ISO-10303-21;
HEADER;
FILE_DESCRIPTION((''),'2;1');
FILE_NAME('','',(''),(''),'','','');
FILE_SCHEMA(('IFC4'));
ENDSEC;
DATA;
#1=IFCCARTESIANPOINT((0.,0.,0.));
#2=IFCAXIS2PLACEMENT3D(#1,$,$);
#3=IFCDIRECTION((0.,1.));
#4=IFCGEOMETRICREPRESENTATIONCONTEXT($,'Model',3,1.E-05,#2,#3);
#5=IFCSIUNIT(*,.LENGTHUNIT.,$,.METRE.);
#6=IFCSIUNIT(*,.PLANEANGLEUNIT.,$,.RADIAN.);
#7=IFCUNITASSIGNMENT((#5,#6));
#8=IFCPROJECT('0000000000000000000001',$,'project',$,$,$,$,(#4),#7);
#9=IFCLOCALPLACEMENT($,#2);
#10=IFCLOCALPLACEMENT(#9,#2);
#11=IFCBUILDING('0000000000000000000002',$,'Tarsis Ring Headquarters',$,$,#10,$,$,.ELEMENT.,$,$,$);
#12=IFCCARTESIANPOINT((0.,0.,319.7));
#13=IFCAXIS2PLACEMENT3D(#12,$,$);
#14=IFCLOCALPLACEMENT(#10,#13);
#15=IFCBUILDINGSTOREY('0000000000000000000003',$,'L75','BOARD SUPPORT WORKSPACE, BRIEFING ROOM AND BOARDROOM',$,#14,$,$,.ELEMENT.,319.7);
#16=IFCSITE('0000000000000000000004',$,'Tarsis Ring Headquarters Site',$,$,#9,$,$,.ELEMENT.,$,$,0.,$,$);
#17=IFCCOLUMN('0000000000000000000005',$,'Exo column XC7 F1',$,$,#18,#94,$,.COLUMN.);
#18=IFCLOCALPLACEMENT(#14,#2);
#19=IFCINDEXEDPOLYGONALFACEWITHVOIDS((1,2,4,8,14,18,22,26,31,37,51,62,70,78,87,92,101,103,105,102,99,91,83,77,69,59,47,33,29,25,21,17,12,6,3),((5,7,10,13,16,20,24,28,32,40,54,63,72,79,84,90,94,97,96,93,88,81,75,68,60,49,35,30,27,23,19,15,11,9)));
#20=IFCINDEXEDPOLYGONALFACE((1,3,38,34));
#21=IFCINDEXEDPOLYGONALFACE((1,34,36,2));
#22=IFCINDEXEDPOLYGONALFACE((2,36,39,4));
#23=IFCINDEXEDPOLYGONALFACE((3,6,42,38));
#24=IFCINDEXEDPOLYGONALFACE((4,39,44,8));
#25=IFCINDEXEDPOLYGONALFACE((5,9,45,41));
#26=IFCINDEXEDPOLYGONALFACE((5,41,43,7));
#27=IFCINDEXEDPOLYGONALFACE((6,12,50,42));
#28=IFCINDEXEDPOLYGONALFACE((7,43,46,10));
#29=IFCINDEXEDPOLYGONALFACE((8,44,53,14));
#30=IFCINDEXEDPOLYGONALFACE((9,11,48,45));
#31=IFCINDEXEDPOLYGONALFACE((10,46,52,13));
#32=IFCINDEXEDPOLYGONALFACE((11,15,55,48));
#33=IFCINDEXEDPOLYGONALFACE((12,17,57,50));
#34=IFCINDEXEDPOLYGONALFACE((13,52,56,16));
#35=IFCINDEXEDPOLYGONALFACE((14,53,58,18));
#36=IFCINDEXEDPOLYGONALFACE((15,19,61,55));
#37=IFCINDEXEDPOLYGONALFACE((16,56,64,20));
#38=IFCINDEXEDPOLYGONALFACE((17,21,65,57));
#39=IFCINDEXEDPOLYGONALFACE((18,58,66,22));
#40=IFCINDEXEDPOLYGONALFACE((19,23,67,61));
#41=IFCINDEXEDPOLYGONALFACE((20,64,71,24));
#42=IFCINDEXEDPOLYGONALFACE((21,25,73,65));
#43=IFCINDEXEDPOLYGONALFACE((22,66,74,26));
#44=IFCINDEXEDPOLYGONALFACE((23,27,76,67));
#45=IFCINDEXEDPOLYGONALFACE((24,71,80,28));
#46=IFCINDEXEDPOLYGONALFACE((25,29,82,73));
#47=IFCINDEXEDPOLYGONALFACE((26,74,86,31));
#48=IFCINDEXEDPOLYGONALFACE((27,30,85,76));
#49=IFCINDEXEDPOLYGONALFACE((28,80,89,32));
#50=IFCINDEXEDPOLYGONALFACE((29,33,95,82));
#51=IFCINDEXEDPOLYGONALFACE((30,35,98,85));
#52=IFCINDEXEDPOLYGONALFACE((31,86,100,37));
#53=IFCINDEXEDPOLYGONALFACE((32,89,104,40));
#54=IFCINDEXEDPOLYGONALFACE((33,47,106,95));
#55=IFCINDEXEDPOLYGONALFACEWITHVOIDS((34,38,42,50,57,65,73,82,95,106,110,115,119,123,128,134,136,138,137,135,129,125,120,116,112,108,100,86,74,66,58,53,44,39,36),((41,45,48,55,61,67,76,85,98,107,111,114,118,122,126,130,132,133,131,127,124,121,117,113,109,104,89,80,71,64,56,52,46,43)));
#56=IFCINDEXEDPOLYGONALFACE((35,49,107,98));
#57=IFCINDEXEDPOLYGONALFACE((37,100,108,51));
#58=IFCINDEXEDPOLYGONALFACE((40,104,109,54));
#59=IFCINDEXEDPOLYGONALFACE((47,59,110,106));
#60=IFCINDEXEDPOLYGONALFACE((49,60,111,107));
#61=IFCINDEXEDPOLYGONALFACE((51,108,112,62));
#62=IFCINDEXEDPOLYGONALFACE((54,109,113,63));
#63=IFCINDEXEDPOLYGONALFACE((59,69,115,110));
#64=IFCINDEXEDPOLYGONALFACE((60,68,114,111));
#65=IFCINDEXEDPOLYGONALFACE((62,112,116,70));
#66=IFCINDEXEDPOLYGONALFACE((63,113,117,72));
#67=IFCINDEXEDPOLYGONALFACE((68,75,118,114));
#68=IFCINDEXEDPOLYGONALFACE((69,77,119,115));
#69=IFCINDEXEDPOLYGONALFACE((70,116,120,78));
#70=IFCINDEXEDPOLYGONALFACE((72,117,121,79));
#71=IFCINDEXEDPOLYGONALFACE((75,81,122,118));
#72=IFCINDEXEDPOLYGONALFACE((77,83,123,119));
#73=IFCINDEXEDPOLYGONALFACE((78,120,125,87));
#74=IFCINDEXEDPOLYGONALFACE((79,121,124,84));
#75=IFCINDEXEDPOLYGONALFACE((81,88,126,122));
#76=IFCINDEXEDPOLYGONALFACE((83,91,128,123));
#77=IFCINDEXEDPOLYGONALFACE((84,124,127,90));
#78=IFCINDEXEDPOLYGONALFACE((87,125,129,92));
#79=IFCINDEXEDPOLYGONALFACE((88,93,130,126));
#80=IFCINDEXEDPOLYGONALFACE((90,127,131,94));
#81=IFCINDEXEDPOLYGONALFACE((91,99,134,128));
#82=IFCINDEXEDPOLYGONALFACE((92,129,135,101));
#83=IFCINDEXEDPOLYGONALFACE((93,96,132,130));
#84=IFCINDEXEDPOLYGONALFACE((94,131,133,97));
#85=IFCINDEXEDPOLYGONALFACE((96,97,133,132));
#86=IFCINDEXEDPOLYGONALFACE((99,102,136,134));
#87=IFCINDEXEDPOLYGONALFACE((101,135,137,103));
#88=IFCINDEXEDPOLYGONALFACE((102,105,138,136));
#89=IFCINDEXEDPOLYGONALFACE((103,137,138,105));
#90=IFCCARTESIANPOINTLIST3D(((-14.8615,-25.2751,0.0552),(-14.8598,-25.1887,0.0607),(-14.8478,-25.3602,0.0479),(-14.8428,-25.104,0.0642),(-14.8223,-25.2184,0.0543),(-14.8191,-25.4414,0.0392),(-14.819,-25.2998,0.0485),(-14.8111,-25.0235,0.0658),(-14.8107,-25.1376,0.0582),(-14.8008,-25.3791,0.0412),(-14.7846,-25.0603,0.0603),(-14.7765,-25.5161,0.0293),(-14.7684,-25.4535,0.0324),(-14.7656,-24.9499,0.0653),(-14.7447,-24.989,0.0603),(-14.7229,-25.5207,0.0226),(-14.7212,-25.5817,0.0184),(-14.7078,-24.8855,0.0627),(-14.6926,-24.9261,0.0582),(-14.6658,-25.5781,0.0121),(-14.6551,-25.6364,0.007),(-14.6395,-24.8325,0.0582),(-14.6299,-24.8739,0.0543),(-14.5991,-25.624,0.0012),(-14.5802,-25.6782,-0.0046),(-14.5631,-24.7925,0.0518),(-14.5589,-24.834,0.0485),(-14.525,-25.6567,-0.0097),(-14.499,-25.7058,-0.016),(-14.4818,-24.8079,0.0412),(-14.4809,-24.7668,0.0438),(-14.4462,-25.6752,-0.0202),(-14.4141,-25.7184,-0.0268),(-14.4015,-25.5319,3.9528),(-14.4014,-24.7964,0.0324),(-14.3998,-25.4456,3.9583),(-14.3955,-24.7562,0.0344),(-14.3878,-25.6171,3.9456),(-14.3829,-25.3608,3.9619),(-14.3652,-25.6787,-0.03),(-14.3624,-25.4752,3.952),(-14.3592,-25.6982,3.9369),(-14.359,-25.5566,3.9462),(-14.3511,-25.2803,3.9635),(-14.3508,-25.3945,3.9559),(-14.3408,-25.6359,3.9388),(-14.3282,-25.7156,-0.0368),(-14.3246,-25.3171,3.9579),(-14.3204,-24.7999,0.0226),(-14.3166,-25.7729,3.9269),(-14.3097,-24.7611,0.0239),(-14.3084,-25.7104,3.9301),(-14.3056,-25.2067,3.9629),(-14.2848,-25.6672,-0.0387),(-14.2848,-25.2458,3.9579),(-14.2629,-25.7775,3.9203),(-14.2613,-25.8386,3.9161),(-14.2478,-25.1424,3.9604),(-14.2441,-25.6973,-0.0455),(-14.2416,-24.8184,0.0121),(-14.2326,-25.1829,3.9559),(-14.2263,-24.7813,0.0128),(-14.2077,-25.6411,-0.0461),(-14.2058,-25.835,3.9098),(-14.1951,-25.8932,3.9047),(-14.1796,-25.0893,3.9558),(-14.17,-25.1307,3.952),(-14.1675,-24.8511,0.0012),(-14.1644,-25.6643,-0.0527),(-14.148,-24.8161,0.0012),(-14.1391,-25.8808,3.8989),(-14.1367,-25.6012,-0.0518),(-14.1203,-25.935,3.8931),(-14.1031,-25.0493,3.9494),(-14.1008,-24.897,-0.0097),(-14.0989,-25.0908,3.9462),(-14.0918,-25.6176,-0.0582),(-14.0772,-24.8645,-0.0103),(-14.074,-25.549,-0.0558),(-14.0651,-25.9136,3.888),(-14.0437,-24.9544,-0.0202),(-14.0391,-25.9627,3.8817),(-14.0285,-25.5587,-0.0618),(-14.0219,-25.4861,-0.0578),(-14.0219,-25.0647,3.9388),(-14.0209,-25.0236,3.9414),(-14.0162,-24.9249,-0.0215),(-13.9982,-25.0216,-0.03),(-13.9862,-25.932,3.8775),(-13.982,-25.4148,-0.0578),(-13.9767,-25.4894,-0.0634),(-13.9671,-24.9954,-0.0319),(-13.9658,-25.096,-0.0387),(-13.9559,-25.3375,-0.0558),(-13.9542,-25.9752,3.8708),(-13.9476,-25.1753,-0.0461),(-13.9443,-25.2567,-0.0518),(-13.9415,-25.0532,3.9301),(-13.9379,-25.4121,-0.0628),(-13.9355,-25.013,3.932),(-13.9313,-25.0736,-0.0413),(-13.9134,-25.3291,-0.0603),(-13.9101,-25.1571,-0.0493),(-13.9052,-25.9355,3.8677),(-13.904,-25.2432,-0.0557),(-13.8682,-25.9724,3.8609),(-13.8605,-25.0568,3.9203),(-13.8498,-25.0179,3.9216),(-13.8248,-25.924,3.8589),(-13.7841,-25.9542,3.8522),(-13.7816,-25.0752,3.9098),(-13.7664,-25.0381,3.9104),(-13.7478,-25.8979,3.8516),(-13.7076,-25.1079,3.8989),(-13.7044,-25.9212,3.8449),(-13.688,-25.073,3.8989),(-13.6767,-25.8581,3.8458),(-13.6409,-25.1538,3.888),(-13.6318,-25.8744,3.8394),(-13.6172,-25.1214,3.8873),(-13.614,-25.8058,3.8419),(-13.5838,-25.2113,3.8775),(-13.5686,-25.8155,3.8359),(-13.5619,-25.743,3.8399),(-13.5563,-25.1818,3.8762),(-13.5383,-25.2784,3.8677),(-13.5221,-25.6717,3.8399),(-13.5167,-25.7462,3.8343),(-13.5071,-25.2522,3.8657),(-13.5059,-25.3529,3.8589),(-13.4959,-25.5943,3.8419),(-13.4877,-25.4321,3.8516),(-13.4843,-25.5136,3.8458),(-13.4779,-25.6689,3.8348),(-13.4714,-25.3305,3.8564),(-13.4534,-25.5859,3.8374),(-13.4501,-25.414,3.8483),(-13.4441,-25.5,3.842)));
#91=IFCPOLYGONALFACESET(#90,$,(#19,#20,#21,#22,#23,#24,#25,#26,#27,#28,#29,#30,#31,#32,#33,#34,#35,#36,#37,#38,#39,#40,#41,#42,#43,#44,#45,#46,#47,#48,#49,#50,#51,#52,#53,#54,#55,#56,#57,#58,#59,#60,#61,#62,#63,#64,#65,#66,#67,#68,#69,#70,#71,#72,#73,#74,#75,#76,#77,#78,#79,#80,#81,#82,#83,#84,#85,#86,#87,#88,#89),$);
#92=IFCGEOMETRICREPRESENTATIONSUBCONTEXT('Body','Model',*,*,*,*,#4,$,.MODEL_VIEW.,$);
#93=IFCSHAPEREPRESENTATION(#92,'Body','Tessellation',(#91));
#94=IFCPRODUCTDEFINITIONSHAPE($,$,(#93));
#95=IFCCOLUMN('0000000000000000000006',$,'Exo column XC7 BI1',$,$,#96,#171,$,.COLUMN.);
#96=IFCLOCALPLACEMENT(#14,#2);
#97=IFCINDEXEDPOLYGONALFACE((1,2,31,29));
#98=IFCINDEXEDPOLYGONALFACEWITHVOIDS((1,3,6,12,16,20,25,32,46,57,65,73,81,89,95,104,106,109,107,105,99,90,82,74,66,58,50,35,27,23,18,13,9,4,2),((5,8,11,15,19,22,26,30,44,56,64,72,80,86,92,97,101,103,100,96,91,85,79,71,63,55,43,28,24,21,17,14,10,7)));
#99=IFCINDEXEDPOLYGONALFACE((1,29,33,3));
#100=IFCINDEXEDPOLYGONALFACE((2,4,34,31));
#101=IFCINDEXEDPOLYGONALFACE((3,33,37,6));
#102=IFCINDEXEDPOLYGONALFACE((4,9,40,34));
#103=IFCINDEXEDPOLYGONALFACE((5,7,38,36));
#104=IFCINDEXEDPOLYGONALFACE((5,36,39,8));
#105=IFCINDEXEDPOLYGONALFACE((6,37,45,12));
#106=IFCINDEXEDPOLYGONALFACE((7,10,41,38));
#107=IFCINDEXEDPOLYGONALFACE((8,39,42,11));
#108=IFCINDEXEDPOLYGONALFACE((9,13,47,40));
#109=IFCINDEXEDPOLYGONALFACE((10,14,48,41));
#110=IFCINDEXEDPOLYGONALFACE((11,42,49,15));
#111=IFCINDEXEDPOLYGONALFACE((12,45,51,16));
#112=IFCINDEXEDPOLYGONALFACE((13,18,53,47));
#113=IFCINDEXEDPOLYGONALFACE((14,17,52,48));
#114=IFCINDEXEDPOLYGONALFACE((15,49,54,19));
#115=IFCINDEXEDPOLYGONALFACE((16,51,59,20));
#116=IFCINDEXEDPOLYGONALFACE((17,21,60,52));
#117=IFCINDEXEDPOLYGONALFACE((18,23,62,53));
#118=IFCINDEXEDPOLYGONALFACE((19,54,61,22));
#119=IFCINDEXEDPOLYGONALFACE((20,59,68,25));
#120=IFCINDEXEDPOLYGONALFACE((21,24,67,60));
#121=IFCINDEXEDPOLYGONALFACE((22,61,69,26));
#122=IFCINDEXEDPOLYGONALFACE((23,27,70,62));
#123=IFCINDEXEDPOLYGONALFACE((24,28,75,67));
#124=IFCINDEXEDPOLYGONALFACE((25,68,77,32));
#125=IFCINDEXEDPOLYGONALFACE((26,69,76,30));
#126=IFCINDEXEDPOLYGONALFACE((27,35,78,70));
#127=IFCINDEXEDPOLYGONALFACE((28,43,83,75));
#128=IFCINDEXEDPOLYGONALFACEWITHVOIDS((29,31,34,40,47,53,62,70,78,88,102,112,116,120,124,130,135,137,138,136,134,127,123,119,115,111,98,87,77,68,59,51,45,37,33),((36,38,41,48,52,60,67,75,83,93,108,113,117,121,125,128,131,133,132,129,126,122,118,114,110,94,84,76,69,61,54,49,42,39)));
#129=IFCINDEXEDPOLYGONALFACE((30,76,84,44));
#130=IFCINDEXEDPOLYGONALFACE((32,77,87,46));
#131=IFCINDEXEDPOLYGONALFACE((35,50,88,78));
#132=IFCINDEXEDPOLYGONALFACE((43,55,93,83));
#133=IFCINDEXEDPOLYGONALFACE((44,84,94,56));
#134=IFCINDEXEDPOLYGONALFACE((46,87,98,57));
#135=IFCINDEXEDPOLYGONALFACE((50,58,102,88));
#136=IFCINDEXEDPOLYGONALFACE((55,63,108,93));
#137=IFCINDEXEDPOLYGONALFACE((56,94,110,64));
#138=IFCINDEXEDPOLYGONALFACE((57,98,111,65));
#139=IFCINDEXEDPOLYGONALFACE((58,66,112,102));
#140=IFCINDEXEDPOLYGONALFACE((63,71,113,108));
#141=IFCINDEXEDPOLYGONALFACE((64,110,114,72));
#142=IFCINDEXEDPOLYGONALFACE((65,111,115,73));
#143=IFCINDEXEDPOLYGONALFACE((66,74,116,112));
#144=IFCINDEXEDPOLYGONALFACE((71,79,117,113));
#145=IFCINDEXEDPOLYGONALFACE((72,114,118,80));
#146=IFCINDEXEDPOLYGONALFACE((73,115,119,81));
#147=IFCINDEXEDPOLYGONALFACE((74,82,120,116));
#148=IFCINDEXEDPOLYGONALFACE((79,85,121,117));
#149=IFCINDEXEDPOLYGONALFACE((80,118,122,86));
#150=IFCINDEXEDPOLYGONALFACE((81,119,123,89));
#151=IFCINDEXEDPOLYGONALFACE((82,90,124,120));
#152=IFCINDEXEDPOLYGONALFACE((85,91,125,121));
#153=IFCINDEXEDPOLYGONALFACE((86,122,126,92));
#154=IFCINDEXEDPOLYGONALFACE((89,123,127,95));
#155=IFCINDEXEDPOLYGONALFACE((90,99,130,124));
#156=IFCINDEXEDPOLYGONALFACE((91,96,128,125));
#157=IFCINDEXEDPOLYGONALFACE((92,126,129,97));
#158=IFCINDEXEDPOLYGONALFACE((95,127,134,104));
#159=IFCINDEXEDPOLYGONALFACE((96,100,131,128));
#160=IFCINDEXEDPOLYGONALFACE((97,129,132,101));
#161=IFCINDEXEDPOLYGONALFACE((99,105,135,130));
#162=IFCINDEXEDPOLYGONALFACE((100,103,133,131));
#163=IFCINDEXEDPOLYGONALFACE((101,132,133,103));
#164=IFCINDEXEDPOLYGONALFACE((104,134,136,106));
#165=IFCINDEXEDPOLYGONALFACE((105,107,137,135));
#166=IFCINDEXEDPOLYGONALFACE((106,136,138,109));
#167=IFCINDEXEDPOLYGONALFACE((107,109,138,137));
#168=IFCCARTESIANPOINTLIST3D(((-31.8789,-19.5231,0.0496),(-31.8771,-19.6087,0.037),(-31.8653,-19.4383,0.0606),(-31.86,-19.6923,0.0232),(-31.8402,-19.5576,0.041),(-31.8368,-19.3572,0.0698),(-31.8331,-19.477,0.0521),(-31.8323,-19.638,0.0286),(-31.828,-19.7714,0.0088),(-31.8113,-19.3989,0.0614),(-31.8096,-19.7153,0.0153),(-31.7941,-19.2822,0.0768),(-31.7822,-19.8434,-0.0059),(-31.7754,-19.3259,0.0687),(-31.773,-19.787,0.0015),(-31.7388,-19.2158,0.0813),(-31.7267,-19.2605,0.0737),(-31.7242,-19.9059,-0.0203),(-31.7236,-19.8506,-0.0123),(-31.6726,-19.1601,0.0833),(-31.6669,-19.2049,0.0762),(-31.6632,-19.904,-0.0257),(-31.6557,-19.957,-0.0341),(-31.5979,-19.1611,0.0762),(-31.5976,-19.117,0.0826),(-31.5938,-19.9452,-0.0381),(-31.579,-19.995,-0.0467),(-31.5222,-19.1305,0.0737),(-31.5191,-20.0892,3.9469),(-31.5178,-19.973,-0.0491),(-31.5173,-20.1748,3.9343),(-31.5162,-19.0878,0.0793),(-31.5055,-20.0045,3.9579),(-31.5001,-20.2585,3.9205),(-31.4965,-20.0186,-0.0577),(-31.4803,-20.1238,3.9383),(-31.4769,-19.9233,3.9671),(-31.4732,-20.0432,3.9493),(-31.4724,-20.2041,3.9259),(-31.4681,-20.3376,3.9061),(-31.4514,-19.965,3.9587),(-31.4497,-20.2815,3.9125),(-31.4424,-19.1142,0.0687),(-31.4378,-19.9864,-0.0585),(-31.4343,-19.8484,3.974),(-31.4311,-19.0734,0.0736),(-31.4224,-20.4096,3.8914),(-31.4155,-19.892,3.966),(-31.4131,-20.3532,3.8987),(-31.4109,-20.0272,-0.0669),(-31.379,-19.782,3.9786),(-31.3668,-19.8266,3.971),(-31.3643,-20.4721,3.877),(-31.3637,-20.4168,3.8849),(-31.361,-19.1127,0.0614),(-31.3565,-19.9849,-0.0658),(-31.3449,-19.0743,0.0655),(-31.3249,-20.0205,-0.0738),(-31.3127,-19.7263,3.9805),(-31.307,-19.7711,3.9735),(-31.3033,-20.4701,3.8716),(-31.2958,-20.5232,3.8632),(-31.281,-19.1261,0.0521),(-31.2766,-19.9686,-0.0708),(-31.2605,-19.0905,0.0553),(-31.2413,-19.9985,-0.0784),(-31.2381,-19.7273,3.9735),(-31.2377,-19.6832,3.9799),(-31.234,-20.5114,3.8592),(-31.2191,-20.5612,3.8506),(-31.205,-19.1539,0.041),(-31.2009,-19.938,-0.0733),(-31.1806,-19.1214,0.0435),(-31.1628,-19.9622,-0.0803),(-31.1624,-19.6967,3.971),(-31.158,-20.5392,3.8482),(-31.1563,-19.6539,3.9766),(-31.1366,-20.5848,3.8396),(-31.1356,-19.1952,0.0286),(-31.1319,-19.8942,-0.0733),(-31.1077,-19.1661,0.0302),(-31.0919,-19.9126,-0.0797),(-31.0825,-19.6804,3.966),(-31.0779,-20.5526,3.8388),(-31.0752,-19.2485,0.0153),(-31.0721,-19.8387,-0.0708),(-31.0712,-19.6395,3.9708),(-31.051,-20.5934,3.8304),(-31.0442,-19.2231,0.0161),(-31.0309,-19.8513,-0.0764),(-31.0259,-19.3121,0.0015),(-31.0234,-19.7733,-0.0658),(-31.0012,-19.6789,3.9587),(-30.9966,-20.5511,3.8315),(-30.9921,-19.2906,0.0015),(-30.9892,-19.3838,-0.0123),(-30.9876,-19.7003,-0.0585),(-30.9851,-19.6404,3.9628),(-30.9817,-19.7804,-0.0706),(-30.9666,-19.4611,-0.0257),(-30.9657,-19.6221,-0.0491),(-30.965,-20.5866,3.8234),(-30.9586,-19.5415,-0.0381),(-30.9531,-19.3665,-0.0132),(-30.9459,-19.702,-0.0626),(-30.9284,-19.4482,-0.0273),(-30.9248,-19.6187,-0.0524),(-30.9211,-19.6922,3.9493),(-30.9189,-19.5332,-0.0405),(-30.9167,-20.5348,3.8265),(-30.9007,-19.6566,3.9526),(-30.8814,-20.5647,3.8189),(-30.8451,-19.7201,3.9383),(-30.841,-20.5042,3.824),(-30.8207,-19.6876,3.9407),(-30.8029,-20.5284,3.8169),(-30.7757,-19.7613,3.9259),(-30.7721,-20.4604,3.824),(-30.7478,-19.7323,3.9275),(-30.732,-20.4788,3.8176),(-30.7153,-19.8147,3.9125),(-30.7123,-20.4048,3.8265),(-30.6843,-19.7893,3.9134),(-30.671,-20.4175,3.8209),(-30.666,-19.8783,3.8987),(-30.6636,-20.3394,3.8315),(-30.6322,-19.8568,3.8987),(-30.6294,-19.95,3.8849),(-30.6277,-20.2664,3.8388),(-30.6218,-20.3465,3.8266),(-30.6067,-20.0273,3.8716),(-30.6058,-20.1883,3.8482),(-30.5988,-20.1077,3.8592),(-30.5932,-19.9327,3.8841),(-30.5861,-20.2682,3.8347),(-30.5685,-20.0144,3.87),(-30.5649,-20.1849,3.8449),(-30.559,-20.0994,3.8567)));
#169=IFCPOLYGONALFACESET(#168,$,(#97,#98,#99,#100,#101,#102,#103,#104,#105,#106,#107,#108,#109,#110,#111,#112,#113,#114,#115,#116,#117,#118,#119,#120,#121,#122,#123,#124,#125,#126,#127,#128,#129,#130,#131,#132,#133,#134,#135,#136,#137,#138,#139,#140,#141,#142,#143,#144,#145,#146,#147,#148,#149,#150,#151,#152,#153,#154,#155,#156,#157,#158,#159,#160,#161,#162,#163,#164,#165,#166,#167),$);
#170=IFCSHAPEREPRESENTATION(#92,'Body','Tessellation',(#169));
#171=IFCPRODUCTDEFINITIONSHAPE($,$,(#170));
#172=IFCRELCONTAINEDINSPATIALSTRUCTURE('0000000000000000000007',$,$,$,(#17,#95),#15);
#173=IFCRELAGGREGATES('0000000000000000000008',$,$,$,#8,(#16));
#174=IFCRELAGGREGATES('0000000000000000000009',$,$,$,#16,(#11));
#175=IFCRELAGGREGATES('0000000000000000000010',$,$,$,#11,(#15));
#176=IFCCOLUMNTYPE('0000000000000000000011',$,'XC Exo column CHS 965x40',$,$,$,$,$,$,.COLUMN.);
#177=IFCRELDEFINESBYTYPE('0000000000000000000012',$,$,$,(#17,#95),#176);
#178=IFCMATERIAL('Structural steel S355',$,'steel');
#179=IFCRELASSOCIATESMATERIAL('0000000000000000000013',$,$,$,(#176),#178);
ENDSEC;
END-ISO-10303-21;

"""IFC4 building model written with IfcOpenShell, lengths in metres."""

from ifc_helpers import new_model, si_unit, direction, frame, origin, origin_2d, place, context, subcontext, project, spatial, hollow_circle, extrude, material, material_profile, profile_set, type_object, element, save


model = new_model("IFC4")

# Units and contexts
model_context = context("Model", 3, precision=1e-05, world=origin(), true_north=direction((0.0, 1.0)))
body_context = subcontext(model_context, "Body", "Model", "MODEL_VIEW")
ifc_project = project(units=[si_unit("LENGTHUNIT", "METRE"), si_unit("PLANEANGLEUNIT", "RADIAN")], contexts=[model_context])

# Site, building, storey
site_placement = place(None, origin())
site = spatial("IfcSite", under=ifc_project, at=site_placement, Name="Tarsis Ring Headquarters Site", CompositionType="ELEMENT", RefElevation=0.0)
building_placement = place(site_placement, origin())
building = spatial("IfcBuilding", under=site, at=building_placement, Name="Tarsis Ring Headquarters", CompositionType="ELEMENT")
storey_placement = place(building_placement, frame((0.0, 0.0, 319.7)))
storey = spatial("IfcBuildingStorey", under=building, at=storey_placement, Name="L75", Description="BOARD SUPPORT WORKSPACE, BRIEFING ROOM AND BOARDROOM", CompositionType="ELEMENT", Elevation=319.7)

# Columns
ifc_material_1 = material(Name="Structural steel S355", Category="steel")
ifc_material_profile_1 = material_profile(ifc_material_1, hollow_circle(Radius=0.4827, WallThickness=0.04, at=origin_2d()), Name="CHS 965x40")
ifc_profile_set_1 = profile_set([ifc_material_profile_1], Name="Structural steel S355")
column_type = type_object("IfcColumnType", Name="XC Exo column CHS 965x40", PredefinedType="COLUMN", material=ifc_profile_set_1)
column_1_placement = place(storey_placement, frame((-14.3833, -25.2375, 0.0012), z_axis=(0.116945, -0.0653, 0.990989), x_axis=(0.487531, 0.873106, 0.0)))
element("IfcColumn", 1, at=column_1_placement, inside=storey, type_object=column_type, Name="Exo column XC7 F1", PredefinedType="COLUMN", context=body_context, shape_type="SweptSolid", body=[
    extrude(hollow_circle(Radius=0.4827, WallThickness=0.04, at=origin_2d()), origin(), (0.0, 0.0, 1.0), 3.9331),
])
column_2_placement = place(storey_placement, frame((-31.3994, -19.5496, 0.0015), z_axis=(0.091, -0.143168, 0.985506), x_axis=(0.843946, 0.536428, 0.0)))
element("IfcColumn", 2, at=column_2_placement, inside=storey, type_object=column_type, Name="Exo column XC7 BI1", PredefinedType="COLUMN", context=body_context, shape_type="SweptSolid", body=[
    extrude(hollow_circle(Radius=0.4827, WallThickness=0.04, at=origin_2d()), origin(), (0.0, 0.0, 1.0), 3.9546),
])

save(model, "model.ifc")
